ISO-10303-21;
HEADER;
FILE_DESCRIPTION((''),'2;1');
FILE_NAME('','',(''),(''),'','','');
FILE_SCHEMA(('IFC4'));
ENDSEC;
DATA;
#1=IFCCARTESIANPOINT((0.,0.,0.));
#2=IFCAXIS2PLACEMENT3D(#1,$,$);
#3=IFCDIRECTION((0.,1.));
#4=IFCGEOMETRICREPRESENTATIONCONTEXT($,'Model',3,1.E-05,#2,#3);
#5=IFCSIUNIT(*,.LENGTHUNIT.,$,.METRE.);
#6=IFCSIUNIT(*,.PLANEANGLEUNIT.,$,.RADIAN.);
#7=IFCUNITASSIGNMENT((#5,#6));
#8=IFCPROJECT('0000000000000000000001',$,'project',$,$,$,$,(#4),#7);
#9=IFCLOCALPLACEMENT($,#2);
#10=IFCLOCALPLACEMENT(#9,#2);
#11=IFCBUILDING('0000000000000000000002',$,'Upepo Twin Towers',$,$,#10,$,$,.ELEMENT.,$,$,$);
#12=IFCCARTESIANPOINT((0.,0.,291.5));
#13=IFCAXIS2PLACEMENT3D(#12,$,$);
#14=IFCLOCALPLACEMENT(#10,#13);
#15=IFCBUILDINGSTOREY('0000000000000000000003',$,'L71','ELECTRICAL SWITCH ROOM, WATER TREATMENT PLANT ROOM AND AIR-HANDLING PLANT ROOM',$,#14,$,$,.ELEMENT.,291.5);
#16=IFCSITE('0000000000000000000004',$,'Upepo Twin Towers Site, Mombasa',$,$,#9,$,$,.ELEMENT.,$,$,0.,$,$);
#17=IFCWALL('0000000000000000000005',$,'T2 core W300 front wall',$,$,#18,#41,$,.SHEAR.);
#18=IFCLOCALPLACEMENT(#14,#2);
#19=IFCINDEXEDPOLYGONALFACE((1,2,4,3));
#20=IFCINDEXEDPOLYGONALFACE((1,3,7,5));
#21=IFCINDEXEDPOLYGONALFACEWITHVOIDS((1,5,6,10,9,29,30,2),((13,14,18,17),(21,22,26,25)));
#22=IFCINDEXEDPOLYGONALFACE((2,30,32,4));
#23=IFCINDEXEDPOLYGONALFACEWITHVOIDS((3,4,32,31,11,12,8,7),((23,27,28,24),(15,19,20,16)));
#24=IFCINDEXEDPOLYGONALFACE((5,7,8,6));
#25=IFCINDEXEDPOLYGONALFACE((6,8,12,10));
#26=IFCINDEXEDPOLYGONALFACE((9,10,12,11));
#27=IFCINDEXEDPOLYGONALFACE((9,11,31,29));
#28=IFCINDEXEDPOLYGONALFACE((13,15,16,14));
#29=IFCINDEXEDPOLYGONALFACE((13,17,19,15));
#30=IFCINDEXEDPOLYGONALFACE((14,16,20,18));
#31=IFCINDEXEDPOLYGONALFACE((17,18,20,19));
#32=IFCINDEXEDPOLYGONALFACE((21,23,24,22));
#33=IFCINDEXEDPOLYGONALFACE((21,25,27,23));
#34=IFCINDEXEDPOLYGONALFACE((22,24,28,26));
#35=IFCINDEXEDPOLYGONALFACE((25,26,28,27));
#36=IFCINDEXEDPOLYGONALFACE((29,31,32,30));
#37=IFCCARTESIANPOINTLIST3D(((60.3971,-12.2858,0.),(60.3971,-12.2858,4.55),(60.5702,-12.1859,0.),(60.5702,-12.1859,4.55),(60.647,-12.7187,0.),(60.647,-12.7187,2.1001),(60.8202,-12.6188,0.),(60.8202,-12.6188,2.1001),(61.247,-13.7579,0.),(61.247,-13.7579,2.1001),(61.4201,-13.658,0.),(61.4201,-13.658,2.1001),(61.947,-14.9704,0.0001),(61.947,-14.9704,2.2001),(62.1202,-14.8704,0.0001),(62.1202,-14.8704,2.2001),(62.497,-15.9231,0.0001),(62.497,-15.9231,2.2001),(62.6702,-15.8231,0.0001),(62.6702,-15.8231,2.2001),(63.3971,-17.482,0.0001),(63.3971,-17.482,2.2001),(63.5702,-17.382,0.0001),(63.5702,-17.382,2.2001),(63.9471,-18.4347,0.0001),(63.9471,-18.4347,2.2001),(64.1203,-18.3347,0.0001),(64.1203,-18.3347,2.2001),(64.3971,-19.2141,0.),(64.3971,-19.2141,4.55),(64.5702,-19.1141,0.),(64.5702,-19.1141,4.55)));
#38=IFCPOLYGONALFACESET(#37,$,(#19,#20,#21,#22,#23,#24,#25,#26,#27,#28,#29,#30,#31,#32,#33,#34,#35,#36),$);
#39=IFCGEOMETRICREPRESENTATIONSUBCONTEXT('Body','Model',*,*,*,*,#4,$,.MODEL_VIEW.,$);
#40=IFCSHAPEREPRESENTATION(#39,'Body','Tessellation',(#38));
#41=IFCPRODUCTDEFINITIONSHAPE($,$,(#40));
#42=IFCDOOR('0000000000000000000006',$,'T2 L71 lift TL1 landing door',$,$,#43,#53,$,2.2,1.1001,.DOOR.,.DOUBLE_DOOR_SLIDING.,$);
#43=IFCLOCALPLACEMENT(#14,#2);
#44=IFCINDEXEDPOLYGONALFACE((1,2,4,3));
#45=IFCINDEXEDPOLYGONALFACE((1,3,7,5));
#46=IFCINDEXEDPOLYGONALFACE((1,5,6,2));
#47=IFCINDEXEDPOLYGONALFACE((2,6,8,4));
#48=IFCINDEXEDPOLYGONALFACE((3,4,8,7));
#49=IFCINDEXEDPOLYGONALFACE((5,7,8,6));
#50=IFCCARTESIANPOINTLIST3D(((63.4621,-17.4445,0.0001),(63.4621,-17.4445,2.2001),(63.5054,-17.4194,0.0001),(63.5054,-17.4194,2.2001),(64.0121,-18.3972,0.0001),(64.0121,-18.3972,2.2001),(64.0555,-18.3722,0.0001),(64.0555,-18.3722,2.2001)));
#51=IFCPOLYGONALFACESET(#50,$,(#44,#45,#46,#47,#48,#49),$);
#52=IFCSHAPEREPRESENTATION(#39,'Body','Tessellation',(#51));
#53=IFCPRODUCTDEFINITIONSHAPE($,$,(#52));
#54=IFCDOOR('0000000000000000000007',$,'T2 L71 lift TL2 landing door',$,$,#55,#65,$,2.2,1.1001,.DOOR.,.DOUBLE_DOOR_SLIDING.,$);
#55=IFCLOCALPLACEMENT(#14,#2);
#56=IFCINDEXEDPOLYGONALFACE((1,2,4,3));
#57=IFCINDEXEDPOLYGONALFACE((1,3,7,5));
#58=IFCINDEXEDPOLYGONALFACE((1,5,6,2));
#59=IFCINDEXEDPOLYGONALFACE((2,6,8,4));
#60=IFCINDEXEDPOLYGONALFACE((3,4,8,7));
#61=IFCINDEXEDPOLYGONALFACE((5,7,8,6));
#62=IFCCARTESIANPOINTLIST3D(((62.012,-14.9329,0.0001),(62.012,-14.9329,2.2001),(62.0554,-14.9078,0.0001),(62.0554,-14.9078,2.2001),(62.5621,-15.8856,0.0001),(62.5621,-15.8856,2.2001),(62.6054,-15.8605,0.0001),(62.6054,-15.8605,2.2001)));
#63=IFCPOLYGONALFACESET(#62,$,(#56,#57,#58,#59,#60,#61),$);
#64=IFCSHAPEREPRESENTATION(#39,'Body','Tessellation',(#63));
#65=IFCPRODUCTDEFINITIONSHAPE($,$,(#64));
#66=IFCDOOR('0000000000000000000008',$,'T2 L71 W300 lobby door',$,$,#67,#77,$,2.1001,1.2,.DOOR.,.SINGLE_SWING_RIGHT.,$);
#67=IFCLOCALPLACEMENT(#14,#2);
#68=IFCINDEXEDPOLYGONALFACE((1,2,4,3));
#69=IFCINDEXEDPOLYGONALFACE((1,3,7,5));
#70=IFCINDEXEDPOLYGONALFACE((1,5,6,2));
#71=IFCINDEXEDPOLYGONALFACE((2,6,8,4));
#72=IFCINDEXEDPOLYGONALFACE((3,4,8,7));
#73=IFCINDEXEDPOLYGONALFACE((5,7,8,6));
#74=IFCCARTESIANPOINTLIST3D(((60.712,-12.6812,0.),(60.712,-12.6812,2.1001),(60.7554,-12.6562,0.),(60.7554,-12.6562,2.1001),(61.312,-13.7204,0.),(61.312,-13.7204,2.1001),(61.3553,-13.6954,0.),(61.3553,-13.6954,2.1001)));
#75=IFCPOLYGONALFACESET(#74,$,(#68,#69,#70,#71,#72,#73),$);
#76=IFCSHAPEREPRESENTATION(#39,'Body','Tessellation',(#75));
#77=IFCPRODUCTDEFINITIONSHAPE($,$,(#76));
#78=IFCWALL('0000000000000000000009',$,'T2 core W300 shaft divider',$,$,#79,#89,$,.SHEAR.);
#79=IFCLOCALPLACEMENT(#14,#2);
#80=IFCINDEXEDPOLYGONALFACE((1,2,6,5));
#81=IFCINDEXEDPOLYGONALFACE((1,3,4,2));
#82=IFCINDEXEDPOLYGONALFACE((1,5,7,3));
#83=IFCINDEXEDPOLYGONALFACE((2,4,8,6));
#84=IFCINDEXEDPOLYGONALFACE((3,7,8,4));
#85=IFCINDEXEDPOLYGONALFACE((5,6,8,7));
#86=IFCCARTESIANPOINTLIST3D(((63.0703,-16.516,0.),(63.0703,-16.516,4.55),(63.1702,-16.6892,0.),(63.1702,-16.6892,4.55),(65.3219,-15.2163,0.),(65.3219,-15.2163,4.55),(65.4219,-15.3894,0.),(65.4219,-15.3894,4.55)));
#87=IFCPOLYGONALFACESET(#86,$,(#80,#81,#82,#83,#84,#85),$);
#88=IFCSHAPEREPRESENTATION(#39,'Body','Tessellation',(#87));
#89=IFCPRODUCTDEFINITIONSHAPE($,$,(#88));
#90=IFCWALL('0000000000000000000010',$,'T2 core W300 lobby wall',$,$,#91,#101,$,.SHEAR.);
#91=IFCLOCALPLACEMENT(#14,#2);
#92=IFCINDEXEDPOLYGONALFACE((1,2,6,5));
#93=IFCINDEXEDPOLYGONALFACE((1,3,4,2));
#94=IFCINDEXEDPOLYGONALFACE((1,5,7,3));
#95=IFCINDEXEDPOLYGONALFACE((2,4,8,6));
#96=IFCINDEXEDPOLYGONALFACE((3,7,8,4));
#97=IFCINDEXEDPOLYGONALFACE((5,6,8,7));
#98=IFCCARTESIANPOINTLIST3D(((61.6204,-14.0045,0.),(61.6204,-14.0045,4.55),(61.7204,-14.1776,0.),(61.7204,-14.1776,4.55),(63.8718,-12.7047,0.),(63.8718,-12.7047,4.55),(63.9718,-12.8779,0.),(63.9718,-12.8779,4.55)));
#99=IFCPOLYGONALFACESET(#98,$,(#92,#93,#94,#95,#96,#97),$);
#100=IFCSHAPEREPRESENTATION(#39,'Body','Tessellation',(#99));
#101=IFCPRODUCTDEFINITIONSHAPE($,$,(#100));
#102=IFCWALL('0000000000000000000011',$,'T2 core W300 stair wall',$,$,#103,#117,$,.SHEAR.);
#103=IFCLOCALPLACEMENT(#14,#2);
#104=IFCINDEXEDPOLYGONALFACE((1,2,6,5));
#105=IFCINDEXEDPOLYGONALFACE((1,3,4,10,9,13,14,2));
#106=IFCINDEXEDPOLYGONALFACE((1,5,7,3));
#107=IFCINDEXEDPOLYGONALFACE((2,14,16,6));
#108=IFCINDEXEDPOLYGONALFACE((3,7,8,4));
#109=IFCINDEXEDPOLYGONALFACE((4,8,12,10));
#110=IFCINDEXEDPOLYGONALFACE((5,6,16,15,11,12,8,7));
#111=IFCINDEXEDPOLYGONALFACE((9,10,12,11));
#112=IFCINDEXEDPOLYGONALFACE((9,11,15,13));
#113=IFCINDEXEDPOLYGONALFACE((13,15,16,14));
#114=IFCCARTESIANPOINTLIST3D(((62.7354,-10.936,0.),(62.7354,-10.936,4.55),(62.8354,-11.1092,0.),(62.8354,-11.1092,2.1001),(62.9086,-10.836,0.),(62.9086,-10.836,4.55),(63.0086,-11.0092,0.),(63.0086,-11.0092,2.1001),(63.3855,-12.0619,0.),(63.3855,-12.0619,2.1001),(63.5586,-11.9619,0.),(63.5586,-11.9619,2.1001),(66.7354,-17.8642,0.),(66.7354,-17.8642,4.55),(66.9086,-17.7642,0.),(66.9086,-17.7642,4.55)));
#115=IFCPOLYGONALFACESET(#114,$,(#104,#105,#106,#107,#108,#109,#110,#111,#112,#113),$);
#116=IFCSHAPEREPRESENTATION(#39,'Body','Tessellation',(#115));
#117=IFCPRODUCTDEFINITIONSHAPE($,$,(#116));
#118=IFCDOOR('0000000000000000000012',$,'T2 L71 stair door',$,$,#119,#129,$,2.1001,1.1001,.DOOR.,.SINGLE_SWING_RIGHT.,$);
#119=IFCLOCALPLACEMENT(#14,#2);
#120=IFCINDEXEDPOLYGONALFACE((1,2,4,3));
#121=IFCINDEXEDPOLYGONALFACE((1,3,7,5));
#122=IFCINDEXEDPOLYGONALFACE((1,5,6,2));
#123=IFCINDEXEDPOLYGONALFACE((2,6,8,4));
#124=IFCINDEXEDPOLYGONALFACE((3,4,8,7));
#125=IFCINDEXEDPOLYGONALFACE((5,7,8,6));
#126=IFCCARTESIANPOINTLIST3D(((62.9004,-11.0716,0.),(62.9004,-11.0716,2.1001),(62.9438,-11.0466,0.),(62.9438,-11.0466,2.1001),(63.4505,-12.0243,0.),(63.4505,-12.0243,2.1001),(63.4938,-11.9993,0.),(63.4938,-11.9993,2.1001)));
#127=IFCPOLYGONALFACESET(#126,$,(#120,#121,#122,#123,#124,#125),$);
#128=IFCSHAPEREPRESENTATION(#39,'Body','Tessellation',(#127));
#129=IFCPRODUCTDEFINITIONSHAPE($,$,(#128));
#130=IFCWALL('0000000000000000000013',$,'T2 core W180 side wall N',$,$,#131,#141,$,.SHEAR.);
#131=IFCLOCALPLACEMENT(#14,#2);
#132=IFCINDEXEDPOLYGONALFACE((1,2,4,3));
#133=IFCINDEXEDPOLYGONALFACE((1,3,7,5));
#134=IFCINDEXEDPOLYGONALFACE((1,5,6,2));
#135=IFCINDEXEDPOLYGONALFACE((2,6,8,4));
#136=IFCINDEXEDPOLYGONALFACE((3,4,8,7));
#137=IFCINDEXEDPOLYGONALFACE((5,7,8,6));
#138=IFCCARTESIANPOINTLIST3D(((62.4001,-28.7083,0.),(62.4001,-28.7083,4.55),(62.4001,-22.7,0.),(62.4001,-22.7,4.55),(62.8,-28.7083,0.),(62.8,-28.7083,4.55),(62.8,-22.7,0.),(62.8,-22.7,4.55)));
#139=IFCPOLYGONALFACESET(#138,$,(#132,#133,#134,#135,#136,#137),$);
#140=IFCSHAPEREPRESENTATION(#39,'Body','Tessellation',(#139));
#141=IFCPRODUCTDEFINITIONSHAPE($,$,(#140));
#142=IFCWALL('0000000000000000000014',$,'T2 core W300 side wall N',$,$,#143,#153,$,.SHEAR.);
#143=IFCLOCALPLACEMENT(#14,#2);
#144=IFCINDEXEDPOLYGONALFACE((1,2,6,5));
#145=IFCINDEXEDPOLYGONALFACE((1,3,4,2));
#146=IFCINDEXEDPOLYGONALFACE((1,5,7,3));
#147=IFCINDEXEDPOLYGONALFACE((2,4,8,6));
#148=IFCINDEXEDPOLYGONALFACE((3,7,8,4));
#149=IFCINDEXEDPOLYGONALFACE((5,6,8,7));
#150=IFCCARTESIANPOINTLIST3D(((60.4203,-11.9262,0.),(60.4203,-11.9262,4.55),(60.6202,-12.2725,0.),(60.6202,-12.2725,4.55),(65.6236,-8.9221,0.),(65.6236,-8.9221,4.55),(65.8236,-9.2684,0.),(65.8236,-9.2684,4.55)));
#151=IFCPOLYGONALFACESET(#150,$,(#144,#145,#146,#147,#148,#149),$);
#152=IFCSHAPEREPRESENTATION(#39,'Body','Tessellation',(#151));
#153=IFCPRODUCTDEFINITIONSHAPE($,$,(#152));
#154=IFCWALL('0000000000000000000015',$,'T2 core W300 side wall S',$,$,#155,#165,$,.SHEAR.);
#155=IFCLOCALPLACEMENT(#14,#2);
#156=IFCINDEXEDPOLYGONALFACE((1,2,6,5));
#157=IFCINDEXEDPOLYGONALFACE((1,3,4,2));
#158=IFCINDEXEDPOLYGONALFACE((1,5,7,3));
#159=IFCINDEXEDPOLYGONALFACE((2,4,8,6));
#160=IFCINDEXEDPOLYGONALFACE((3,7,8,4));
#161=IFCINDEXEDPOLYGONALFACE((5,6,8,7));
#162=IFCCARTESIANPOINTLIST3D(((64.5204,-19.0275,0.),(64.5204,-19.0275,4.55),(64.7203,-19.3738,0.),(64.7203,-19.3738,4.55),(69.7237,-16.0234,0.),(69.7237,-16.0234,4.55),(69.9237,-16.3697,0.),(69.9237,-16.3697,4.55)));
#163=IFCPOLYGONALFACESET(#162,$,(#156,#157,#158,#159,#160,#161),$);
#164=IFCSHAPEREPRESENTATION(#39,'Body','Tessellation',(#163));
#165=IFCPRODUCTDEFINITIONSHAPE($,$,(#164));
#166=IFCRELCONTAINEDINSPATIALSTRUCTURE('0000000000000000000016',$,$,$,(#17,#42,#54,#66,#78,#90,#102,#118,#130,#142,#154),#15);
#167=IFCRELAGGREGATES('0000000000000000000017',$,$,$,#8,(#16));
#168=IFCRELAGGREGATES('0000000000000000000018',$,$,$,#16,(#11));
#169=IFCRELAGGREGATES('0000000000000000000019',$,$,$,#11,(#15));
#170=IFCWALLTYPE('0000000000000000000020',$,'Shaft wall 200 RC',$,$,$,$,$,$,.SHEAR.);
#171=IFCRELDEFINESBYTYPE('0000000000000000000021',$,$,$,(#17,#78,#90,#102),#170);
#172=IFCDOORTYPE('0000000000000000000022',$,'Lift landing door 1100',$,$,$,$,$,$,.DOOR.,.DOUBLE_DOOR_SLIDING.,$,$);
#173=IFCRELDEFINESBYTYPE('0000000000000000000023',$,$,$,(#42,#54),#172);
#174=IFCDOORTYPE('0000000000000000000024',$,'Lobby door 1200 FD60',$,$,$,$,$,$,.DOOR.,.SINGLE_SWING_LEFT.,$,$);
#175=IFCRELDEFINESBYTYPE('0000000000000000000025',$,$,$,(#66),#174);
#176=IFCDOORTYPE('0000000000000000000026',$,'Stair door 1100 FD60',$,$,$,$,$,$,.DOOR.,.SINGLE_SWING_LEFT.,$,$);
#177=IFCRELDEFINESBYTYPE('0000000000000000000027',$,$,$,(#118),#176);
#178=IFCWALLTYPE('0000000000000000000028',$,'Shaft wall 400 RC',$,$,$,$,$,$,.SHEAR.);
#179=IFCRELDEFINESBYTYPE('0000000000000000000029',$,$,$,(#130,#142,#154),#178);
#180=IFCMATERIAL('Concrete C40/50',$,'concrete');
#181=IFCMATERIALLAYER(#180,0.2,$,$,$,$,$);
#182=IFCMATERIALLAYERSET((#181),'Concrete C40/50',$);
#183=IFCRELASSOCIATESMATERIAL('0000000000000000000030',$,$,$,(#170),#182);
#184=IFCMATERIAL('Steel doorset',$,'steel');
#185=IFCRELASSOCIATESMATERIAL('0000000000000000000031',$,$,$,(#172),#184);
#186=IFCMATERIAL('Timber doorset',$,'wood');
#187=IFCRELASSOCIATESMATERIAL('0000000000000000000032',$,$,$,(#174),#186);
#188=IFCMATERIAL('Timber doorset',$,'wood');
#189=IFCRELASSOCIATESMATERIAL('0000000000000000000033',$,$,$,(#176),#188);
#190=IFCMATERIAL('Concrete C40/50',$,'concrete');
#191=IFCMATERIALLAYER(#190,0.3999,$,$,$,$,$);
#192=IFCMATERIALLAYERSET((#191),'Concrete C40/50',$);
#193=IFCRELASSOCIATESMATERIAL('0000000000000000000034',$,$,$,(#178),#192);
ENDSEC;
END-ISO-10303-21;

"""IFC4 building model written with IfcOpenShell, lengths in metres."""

from ifc_helpers import new_model, si_unit, direction, frame, frame_2d, origin, place, context, subcontext, project, spatial, rectangle, extrude, material, layer, layer_set, type_object, element, fill, save


model = new_model("IFC4")

# Units and contexts
model_context = context("Model", 3, precision=1e-05, world=origin(), true_north=direction((0.0, 1.0)))
body_context = subcontext(model_context, "Body", "Model", "MODEL_VIEW")
ifc_project = project(units=[si_unit("LENGTHUNIT", "METRE"), si_unit("PLANEANGLEUNIT", "RADIAN")], contexts=[model_context])

# Site, building, storey
site_placement = place(None, origin())
site = spatial("IfcSite", under=ifc_project, at=site_placement, Name="Upepo Twin Towers Site, Mombasa", CompositionType="ELEMENT", RefElevation=0.0)
building_placement = place(site_placement, origin())
building = spatial("IfcBuilding", under=site, at=building_placement, Name="Upepo Twin Towers", CompositionType="ELEMENT")
storey_placement = place(building_placement, frame((0.0, 0.0, 291.5)))
storey = spatial("IfcBuildingStorey", under=building, at=storey_placement, Name="L71", Description="ELECTRICAL SWITCH ROOM, WATER TREATMENT PLANT ROOM AND AIR-HANDLING PLANT ROOM", CompositionType="ELEMENT", Elevation=291.5)

# Shared definitions
ifc_material_1 = material(Name="Concrete C40/50", Category="concrete")
ifc_layer_1 = layer(ifc_material_1, 0.2)
ifc_layer_set_1 = layer_set([ifc_layer_1], Name="Concrete C40/50")
wall_type_1 = type_object("IfcWallType", Name="Shaft wall 200 RC", PredefinedType="SHEAR", material=ifc_layer_set_1)

# Wall, openings, doors
wall_1_placement = place(storey_placement, frame((64.4836, -19.1641, 0.0), z_axis=(0.0, 0.0, 1.0), x_axis=(-0.499999, 0.866026, 0.0)))
wall_1 = element("IfcWall", 1, at=wall_1_placement, inside=storey, type_object=wall_type_1, Name="T2 core W300 front wall", PredefinedType="SHEAR", context=body_context, shape_type="SweptSolid", body=[
    extrude(rectangle(XDim=8.0, YDim=0.2, at=frame_2d((4.0, 0.0))), origin(), (0.0, 0.0, 1.0), 4.55),
])
opening_1_placement = place(wall_1_placement, frame((6.3, 0.0, 0.0)))
opening_1 = element("IfcOpeningElement", 2, at=opening_1_placement, cuts=wall_1, PredefinedType="OPENING", context=body_context, shape_type="SweptSolid", body=[
    extrude(rectangle(XDim=1.2, YDim=2.1001, at=frame_2d((0.6001, 1.05))), frame((0.0, 0.1099, 0.0), z_axis=(0.0, -1.0, 0.0), x_axis=(1.0, 0.0, 0.0)), (0.0, 0.0, 1.0), 0.22),
])
opening_2_placement = place(wall_1_placement, frame((0.8999, 0.0, 0.0)))
opening_2 = element("IfcOpeningElement", 3, at=opening_2_placement, cuts=wall_1, PredefinedType="OPENING", context=body_context, shape_type="SweptSolid", body=[
    extrude(rectangle(XDim=1.1001, YDim=2.2, at=frame_2d((0.55, 1.1001))), frame((0.0, 0.1099, 0.0), z_axis=(0.0, -1.0, 0.0), x_axis=(1.0, 0.0, 0.0)), (0.0, 0.0, 1.0), 0.22),
])
opening_3_placement = place(wall_1_placement, frame((3.8, 0.0, 0.0)))
opening_3 = element("IfcOpeningElement", 4, at=opening_3_placement, cuts=wall_1, PredefinedType="OPENING", context=body_context, shape_type="SweptSolid", body=[
    extrude(rectangle(XDim=1.1001, YDim=2.2, at=frame_2d((0.55, 1.1001))), frame((0.0, 0.1099, 0.0), z_axis=(0.0, -1.0, 0.0), x_axis=(1.0, 0.0, 0.0)), (0.0, 0.0, 1.0), 0.22),
])
ifc_material_2 = material(Name="Steel doorset", Category="steel")
door_type_1 = type_object("IfcDoorType", Name="Lift landing door 1100", OperationType="DOUBLE_DOOR_SLIDING", PredefinedType="DOOR", material=ifc_material_2)
door_1_placement = place(opening_2_placement, origin())
door_1 = element("IfcDoor", 5, at=door_1_placement, inside=storey, type_object=door_type_1, Name="T2 L71 lift TL1 landing door", OperationType="DOUBLE_DOOR_SLIDING", OverallHeight=2.2, OverallWidth=1.1001, PredefinedType="DOOR", context=body_context, shape_type="SweptSolid", body=[
    extrude(rectangle(XDim=1.1001, YDim=2.2, at=frame_2d((0.55, 1.1001))), frame((0.0, 0.0249, 0.0), z_axis=(0.0, -1.0, 0.0), x_axis=(1.0, 0.0, 0.0)), (0.0, 0.0, 1.0), 0.05),
])
fill(opening_2, door_1)
door_2_placement = place(opening_3_placement, origin())
door_2 = element("IfcDoor", 6, at=door_2_placement, inside=storey, type_object=door_type_1, Name="T2 L71 lift TL2 landing door", OperationType="DOUBLE_DOOR_SLIDING", OverallHeight=2.2, OverallWidth=1.1001, PredefinedType="DOOR", context=body_context, shape_type="SweptSolid", body=[
    extrude(rectangle(XDim=1.1001, YDim=2.2, at=frame_2d((0.55, 1.1001))), frame((0.0, 0.0249, 0.0), z_axis=(0.0, -1.0, 0.0), x_axis=(1.0, 0.0, 0.0)), (0.0, 0.0, 1.0), 0.05),
])
fill(opening_3, door_2)
ifc_material_3 = material(Name="Timber doorset", Category="wood")
door_type_2 = type_object("IfcDoorType", Name="Lobby door 1200 FD60", OperationType="SINGLE_SWING_LEFT", PredefinedType="DOOR", material=ifc_material_3)
door_3_placement = place(opening_1_placement, origin())
door_3 = element("IfcDoor", 7, at=door_3_placement, inside=storey, type_object=door_type_2, Name="T2 L71 W300 lobby door", OperationType="SINGLE_SWING_RIGHT", OverallHeight=2.1001, OverallWidth=1.2, PredefinedType="DOOR", context=body_context, shape_type="SweptSolid", body=[
    extrude(rectangle(XDim=1.2, YDim=2.1001, at=frame_2d((0.6001, 1.05))), frame((0.0, 0.0249, 0.0), z_axis=(0.0, -1.0, 0.0), x_axis=(1.0, 0.0, 0.0)), (0.0, 0.0, 1.0), 0.05),
])
fill(opening_1, door_3)

# Walls
wall_2_placement = place(storey_placement, frame((63.1204, -16.6025, 0.0), z_axis=(0.0, 0.0, 1.0), x_axis=(0.866062, 0.499937, 0.0)))
element("IfcWall", 8, at=wall_2_placement, inside=storey, type_object=wall_type_1, Name="T2 core W300 shaft divider", PredefinedType="SHEAR", context=body_context, shape_type="SweptSolid", body=[
    extrude(rectangle(XDim=2.5999, YDim=0.2, at=frame_2d((1.2998, 0.0))), origin(), (0.0, 0.0, 1.0), 4.55),
])
wall_3_placement = place(storey_placement, frame((61.6704, -14.0911, 0.0), z_axis=(0.0, 0.0, 1.0), x_axis=(0.866039, 0.499977, 0.0)))
element("IfcWall", 9, at=wall_3_placement, inside=storey, type_object=wall_type_1, Name="T2 core W300 lobby wall", PredefinedType="SHEAR", context=body_context, shape_type="SweptSolid", body=[
    extrude(rectangle(XDim=2.5996, YDim=0.2, at=frame_2d((1.2998, 0.0))), origin(), (0.0, 0.0, 1.0), 4.55),
])

# Wall, opening, door
wall_4_placement = place(storey_placement, frame((66.822, -17.8142, 0.0), z_axis=(0.0, 0.0, 1.0), x_axis=(-0.499999, 0.866026, 0.0)))
wall_4 = element("IfcWall", 10, at=wall_4_placement, inside=storey, type_object=wall_type_1, Name="T2 core W300 stair wall", PredefinedType="SHEAR", context=body_context, shape_type="SweptSolid", body=[
    extrude(rectangle(XDim=8.0, YDim=0.2, at=frame_2d((4.0, 0.0))), origin(), (0.0, 0.0, 1.0), 4.55),
])
opening_4_placement = place(wall_4_placement, frame((6.7, 0.0, 0.0)))
opening_4 = element("IfcOpeningElement", 11, at=opening_4_placement, cuts=wall_4, PredefinedType="OPENING", context=body_context, shape_type="SweptSolid", body=[
    extrude(rectangle(XDim=1.1001, YDim=2.1001, at=frame_2d((0.55, 1.05))), frame((0.0, 0.1099, 0.0), z_axis=(0.0, -1.0, 0.0), x_axis=(1.0, 0.0, 0.0)), (0.0, 0.0, 1.0), 0.22),
])
ifc_material_4 = material(Name="Timber doorset", Category="wood")
door_type_3 = type_object("IfcDoorType", Name="Stair door 1100 FD60", OperationType="SINGLE_SWING_LEFT", PredefinedType="DOOR", material=ifc_material_4)
door_4_placement = place(opening_4_placement, origin())
door_4 = element("IfcDoor", 12, at=door_4_placement, inside=storey, type_object=door_type_3, Name="T2 L71 stair door", OperationType="SINGLE_SWING_RIGHT", OverallHeight=2.1001, OverallWidth=1.1001, PredefinedType="DOOR", context=body_context, shape_type="SweptSolid", body=[
    extrude(rectangle(XDim=1.1001, YDim=2.1001, at=frame_2d((0.55, 1.05))), frame((0.0, 0.0249, 0.0), z_axis=(0.0, -1.0, 0.0), x_axis=(1.0, 0.0, 0.0)), (0.0, 0.0, 1.0), 0.05),
])
fill(opening_4, door_4)

# Walls
ifc_material_5 = material(Name="Concrete C40/50", Category="concrete")
ifc_layer_2 = layer(ifc_material_5, 0.3999)
ifc_layer_set_2 = layer_set([ifc_layer_2], Name="Concrete C40/50")
wall_type_2 = type_object("IfcWallType", Name="Shaft wall 400 RC", PredefinedType="SHEAR", material=ifc_layer_set_2)
for number, where, z_axis, x_axis, name in (
    (13, (62.6001, -22.7, 0.0), (0.0, 0.0, 1.0), (0.0, -1.0, 0.0), "T2 core W180 side wall N"),
    (14, (60.5203, -12.0994, 0.0), (0.0, 0.0, 1.0), (0.866027, 0.499998, 0.0), "T2 core W300 side wall N"),
    (15, (64.6204, -19.2007, 0.0), (0.0, 0.0, 1.0), (0.866027, 0.499998, 0.0), "T2 core W300 side wall S"),
):
    element("IfcWall", number, at=place(storey_placement, frame(where, z_axis=z_axis, x_axis=x_axis)), inside=storey, type_object=wall_type_2, Name=name, PredefinedType="SHEAR", context=body_context, shape_type="SweptSolid", body=[
        extrude(rectangle(XDim=6.0083, YDim=0.3999, at=frame_2d((3.0042, 0.0))), origin(), (0.0, 0.0, 1.0), 4.55),
    ])

save(model, "model.ifc")
